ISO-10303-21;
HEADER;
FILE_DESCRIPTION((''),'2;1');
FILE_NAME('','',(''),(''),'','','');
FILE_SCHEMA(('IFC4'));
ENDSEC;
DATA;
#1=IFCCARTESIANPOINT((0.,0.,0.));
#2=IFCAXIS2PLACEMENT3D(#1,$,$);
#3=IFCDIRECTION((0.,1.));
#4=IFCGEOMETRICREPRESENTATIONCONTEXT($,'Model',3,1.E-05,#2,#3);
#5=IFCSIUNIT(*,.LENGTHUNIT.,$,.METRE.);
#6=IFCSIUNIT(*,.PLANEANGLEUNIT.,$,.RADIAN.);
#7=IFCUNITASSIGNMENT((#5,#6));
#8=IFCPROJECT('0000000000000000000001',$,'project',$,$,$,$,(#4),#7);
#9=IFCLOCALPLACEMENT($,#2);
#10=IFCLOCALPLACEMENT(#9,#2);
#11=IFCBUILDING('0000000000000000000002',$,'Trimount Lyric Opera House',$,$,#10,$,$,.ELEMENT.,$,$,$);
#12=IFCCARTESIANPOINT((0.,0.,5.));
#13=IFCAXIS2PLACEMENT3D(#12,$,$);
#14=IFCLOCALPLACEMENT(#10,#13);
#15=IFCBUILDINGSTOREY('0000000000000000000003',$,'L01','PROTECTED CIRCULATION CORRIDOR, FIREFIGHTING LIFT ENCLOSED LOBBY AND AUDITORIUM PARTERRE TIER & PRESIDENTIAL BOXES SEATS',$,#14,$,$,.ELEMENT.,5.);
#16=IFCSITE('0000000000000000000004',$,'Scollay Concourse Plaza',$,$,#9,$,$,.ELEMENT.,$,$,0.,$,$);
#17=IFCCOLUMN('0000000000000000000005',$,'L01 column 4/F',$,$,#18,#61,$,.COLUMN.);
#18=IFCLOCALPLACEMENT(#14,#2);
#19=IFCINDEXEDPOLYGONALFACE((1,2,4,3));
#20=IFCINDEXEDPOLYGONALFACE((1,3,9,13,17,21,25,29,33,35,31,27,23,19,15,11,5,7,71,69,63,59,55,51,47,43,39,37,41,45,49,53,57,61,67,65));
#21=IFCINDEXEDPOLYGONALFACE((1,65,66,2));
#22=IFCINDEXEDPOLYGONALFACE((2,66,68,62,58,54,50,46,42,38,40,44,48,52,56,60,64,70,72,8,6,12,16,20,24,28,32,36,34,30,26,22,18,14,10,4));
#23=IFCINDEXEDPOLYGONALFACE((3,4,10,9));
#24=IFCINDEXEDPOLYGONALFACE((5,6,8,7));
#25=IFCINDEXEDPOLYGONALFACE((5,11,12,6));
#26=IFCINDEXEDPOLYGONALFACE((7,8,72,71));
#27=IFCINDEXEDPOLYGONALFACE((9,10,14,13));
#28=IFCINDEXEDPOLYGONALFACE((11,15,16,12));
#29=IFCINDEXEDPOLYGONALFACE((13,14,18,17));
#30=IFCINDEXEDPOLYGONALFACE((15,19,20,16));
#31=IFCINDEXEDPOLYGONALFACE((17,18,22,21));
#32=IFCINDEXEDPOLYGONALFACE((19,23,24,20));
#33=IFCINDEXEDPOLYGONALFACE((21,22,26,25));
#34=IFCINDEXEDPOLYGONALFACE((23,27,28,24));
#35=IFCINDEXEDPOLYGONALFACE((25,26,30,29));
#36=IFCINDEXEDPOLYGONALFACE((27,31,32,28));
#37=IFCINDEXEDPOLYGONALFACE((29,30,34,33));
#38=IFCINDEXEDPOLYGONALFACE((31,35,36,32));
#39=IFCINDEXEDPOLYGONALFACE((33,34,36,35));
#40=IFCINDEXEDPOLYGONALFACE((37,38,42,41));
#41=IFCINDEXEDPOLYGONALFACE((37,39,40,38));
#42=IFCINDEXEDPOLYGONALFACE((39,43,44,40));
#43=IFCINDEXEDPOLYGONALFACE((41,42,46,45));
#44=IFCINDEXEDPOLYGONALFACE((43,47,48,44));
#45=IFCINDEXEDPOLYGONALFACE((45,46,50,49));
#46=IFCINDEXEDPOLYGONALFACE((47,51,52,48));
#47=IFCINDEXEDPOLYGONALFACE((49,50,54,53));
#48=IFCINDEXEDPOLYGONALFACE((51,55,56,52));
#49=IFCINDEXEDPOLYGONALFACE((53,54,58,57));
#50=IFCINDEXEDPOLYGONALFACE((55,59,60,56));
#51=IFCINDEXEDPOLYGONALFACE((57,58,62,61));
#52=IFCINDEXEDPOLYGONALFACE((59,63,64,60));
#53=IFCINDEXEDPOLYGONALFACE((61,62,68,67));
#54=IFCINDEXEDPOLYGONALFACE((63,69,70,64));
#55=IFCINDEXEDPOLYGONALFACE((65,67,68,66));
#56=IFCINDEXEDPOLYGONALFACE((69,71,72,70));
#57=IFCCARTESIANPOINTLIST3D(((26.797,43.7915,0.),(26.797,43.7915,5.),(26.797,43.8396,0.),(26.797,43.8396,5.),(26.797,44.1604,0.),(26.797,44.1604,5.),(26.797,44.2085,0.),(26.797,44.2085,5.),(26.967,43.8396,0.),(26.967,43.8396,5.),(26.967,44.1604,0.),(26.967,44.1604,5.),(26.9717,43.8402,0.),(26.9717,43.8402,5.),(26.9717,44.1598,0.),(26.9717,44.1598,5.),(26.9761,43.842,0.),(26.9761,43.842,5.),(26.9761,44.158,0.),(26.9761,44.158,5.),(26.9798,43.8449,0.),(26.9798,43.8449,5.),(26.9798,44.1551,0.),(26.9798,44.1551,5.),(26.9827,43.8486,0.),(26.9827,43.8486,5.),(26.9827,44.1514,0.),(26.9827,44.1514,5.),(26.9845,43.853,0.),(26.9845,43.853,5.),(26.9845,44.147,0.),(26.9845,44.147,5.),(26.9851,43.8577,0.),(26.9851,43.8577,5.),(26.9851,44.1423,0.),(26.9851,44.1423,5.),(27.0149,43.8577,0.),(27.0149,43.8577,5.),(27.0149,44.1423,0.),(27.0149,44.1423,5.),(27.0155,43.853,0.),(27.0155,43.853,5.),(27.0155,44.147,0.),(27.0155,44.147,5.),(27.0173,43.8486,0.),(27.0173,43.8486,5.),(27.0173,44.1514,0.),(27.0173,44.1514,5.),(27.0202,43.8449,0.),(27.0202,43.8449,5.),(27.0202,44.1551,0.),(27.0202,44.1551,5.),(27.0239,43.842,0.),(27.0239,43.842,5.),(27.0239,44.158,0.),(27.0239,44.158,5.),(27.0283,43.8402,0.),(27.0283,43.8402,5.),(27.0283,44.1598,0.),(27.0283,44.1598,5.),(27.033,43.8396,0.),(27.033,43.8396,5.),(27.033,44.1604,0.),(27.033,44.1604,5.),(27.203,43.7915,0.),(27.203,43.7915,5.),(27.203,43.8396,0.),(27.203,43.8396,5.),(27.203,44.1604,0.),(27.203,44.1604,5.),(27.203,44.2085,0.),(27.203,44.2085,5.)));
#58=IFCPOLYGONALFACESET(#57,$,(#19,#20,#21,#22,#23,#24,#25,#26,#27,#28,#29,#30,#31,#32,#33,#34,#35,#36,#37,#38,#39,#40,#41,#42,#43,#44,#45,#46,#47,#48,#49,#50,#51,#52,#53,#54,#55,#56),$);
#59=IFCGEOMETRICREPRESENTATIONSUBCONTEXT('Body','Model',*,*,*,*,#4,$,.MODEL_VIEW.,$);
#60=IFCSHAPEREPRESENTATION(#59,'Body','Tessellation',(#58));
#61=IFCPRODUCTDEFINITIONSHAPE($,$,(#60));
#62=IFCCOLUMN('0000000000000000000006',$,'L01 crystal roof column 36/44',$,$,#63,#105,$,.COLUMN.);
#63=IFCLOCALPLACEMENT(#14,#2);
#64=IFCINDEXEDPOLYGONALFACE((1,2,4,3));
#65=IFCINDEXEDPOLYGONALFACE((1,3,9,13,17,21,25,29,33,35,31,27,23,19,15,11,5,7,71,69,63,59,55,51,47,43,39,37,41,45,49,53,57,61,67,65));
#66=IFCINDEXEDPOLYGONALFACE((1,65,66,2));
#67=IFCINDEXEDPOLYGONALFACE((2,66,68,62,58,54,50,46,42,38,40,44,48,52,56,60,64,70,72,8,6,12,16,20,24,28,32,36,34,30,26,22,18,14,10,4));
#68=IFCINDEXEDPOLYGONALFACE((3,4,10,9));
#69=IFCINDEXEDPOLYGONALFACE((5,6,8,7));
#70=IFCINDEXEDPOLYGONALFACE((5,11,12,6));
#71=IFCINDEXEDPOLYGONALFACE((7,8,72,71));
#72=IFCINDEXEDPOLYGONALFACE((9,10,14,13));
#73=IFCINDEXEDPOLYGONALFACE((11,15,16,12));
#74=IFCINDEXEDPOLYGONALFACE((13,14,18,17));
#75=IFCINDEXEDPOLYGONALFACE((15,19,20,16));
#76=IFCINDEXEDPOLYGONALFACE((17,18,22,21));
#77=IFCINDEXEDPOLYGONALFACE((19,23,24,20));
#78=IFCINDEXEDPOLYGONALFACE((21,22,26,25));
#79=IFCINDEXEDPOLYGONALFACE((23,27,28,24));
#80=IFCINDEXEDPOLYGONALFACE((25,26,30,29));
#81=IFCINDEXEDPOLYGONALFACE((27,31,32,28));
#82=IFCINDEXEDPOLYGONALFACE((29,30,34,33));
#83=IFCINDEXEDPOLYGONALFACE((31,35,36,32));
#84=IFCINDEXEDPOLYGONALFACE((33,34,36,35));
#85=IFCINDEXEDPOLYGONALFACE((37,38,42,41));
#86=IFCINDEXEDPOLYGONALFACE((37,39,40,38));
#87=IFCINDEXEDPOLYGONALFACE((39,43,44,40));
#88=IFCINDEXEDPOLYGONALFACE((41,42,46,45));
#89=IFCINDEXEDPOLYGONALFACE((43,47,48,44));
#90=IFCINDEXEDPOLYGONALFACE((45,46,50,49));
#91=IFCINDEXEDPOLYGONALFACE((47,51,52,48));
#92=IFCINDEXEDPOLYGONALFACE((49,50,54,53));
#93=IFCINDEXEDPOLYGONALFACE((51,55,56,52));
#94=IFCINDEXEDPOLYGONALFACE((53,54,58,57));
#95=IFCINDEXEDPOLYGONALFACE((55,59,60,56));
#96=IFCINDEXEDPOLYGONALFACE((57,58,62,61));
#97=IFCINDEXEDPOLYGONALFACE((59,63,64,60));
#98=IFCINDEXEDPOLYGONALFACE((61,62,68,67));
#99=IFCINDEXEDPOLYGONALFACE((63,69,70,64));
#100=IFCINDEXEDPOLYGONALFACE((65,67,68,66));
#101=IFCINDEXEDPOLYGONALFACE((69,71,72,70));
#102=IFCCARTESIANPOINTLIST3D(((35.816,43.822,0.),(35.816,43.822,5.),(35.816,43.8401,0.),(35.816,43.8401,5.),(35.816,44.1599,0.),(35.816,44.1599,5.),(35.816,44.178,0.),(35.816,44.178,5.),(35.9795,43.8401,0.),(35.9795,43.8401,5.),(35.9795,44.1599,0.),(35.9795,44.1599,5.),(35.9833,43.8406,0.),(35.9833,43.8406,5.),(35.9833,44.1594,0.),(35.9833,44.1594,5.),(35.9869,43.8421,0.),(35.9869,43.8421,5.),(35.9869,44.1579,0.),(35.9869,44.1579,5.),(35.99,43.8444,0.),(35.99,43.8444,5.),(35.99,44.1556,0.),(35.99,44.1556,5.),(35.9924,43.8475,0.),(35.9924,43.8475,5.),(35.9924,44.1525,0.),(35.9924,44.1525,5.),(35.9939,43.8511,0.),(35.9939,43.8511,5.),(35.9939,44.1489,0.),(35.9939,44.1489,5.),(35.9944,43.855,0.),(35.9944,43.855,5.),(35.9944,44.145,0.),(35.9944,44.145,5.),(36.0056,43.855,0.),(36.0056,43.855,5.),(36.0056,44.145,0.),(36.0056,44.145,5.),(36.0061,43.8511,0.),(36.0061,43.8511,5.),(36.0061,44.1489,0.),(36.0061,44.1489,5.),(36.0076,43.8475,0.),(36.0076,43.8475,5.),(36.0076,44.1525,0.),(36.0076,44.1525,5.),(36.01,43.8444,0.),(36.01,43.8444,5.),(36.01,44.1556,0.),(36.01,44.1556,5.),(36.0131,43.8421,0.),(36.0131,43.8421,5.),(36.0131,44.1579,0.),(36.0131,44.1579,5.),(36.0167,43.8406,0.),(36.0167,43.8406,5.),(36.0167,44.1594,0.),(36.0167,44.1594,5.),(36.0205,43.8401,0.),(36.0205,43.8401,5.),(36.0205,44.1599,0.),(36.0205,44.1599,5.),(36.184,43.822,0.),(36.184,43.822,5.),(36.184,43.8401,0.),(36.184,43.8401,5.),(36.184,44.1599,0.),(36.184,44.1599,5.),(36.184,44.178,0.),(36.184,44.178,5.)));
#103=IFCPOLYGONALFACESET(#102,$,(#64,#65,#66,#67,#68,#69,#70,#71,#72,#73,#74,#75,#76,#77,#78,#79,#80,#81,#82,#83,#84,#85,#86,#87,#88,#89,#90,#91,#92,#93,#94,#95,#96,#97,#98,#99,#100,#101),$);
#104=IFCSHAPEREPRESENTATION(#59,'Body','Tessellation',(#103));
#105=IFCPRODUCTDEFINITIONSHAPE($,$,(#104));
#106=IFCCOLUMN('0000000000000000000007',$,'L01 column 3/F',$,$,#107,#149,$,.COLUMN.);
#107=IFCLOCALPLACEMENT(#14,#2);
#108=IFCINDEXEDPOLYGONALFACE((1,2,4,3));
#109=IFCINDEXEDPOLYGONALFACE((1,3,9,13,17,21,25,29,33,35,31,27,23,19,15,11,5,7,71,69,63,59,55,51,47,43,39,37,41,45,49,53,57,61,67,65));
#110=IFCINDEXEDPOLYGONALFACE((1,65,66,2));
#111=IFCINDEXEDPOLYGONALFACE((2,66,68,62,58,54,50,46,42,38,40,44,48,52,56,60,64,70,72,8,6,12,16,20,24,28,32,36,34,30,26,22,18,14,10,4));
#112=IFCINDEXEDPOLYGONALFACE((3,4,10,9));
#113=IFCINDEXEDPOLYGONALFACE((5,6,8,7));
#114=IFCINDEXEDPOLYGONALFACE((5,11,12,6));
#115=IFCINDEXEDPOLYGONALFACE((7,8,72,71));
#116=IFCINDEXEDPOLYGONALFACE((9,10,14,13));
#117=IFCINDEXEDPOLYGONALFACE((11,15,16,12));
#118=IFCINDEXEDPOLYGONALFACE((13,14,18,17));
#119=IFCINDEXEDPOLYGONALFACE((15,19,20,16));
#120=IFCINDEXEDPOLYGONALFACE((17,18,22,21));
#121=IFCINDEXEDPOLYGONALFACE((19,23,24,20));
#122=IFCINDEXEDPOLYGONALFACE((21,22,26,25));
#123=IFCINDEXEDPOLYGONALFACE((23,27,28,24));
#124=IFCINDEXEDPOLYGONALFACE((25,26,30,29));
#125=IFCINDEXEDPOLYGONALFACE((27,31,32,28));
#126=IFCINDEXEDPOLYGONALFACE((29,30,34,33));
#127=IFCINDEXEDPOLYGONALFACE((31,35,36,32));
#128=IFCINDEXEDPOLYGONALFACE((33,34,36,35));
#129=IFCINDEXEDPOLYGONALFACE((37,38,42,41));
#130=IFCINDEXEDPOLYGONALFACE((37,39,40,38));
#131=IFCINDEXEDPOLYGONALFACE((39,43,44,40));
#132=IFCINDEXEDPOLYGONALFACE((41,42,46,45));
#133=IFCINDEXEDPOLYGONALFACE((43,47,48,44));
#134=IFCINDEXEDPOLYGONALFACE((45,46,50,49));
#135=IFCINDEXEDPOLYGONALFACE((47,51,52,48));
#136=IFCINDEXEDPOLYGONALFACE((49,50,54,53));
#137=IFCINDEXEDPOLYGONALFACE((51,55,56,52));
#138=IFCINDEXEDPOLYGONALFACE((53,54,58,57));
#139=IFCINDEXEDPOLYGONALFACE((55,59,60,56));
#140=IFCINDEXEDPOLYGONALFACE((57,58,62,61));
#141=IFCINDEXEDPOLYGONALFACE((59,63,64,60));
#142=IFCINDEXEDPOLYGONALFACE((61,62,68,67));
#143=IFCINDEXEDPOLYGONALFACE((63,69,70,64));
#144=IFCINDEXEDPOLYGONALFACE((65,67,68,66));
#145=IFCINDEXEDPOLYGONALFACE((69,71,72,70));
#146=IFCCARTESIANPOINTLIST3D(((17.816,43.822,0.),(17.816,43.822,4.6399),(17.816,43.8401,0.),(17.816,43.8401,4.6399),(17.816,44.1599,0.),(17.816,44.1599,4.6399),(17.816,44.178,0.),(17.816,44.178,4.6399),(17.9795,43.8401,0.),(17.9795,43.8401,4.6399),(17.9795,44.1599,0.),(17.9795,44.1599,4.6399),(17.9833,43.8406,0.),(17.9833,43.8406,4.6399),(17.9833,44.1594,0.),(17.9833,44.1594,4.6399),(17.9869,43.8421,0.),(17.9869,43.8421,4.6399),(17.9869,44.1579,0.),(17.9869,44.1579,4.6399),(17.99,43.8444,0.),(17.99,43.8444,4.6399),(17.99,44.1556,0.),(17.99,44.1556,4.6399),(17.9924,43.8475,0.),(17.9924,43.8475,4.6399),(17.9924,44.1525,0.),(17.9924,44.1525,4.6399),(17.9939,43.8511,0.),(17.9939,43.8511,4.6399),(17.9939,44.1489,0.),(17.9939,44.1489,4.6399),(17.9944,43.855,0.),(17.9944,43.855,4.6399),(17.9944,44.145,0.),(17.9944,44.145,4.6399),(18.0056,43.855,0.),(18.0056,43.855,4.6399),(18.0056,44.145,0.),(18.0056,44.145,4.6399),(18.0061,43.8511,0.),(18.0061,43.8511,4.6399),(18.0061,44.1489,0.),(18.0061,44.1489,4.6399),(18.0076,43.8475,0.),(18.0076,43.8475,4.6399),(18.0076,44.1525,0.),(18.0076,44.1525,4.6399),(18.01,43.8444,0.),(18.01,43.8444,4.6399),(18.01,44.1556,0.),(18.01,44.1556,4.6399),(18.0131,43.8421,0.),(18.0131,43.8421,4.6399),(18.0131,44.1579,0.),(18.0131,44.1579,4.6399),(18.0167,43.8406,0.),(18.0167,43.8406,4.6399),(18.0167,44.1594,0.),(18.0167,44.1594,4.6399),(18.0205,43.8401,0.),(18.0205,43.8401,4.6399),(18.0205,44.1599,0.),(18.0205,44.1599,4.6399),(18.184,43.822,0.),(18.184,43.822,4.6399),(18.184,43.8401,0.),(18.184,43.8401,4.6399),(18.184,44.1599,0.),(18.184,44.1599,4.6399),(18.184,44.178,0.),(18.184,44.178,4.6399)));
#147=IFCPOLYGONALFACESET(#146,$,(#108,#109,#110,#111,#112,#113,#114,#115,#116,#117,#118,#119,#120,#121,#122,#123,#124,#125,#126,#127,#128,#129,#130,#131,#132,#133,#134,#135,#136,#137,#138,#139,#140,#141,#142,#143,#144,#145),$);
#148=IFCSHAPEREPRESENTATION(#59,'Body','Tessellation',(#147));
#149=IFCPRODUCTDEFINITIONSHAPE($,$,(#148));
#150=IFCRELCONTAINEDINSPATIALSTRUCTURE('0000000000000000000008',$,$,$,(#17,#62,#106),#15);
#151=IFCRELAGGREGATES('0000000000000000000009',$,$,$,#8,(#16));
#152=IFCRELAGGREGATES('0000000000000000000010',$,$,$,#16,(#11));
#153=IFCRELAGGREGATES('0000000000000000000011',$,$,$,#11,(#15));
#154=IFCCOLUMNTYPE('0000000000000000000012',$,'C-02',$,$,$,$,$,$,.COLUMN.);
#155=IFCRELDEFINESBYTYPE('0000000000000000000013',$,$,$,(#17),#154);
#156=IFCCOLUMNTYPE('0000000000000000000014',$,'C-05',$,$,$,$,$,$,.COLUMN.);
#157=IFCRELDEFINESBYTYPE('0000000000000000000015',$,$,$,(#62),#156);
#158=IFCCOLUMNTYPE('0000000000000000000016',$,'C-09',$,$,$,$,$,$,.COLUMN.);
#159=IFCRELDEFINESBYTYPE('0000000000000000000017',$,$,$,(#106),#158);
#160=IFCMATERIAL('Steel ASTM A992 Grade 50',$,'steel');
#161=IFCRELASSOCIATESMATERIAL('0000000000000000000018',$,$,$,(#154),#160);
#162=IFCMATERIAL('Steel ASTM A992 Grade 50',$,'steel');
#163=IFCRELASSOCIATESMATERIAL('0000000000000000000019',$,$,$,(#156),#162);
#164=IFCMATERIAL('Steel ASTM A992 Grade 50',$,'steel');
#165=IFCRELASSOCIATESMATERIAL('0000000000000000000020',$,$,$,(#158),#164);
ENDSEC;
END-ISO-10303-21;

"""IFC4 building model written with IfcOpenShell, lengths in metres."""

from ifc_helpers import new_model, si_unit, direction, frame, origin, origin_2d, place, context, subcontext, project, spatial, i_section, extrude, material, material_profile, profile_set, type_object, element, save


model = new_model("IFC4")

# Units and contexts
model_context = context("Model", 3, precision=1e-05, world=origin(), true_north=direction((0.0, 1.0)))
body_context = subcontext(model_context, "Body", "Model", "MODEL_VIEW")
ifc_project = project(units=[si_unit("LENGTHUNIT", "METRE"), si_unit("PLANEANGLEUNIT", "RADIAN")], contexts=[model_context])

# Site, building, storey
site_placement = place(None, origin())
site = spatial("IfcSite", under=ifc_project, at=site_placement, Name="Scollay Concourse Plaza", CompositionType="ELEMENT", RefElevation=0.0)
building_placement = place(site_placement, origin())
building = spatial("IfcBuilding", under=site, at=building_placement, Name="Trimount Lyric Opera House", CompositionType="ELEMENT")
storey_placement = place(building_placement, frame((0.0, 0.0, 5.0)))
storey = spatial("IfcBuildingStorey", under=building, at=storey_placement, Name="L01", Description="PROTECTED CIRCULATION CORRIDOR, FIREFIGHTING LIFT ENCLOSED LOBBY AND AUDITORIUM PARTERRE TIER & PRESIDENTIAL BOXES SEATS", CompositionType="ELEMENT", Elevation=5.0)

# Columns
ifc_material_1 = material(Name="Steel ASTM A992 Grade 50", Category="steel")
ifc_material_profile_1 = material_profile(ifc_material_1, i_section(OverallWidth=0.406, OverallDepth=0.417, WebThickness=0.0298, FlangeThickness=0.0481, FilletRadius=0.0181, at=origin_2d()), Name="W14X257")
ifc_profile_set_1 = profile_set([ifc_material_profile_1], Name="Steel ASTM A992 Grade 50")
column_type_1 = type_object("IfcColumnType", Name="C-02", PredefinedType="COLUMN", material=ifc_profile_set_1)
column_1_placement = place(storey_placement, frame((27.0, 44.0, 0.0), z_axis=(0.0, 0.0, 1.0), x_axis=(1.0, 0.0, 0.0)))
element("IfcColumn", 1, at=column_1_placement, inside=storey, type_object=column_type_1, Name="L01 column 4/F", PredefinedType="COLUMN", context=body_context, shape_type="SweptSolid", body=[
    extrude(i_section(OverallWidth=0.406, OverallDepth=0.417, WebThickness=0.0298, FlangeThickness=0.0481, FilletRadius=0.0181, at=origin_2d()), origin(), (0.0, 0.0, 1.0), 5.0),
])
ifc_material_2 = material(Name="Steel ASTM A992 Grade 50", Category="steel")
ifc_material_profile_2 = material_profile(ifc_material_2, i_section(OverallWidth=0.3679, OverallDepth=0.356, WebThickness=0.0112, FlangeThickness=0.0181, FilletRadius=0.0149, at=origin_2d()), Name="W14X90")
ifc_profile_set_2 = profile_set([ifc_material_profile_2], Name="Steel ASTM A992 Grade 50")
column_type_2 = type_object("IfcColumnType", Name="C-05", PredefinedType="COLUMN", material=ifc_profile_set_2)
column_2_placement = place(storey_placement, frame((36.0, 44.0, 0.0), z_axis=(0.0, 0.0, 1.0), x_axis=(1.0, 0.0, 0.0)))
element("IfcColumn", 2, at=column_2_placement, inside=storey, type_object=column_type_2, Name="L01 crystal roof column 36/44", PredefinedType="COLUMN", context=body_context, shape_type="SweptSolid", body=[
    extrude(i_section(OverallWidth=0.3679, OverallDepth=0.356, WebThickness=0.0112, FlangeThickness=0.0181, FilletRadius=0.0149, at=origin_2d()), origin(), (0.0, 0.0, 1.0), 5.0),
])
ifc_material_3 = material(Name="Steel ASTM A992 Grade 50", Category="steel")
ifc_material_profile_3 = material_profile(ifc_material_3, i_section(OverallWidth=0.3679, OverallDepth=0.356, WebThickness=0.0112, FlangeThickness=0.0181, FilletRadius=0.0149, at=origin_2d()), Name="W14X90")
ifc_profile_set_3 = profile_set([ifc_material_profile_3], Name="Steel ASTM A992 Grade 50")
column_type_3 = type_object("IfcColumnType", Name="C-09", PredefinedType="COLUMN", material=ifc_profile_set_3)
column_3_placement = place(storey_placement, frame((18.0, 44.0, 0.0), z_axis=(0.0, 0.0, 1.0), x_axis=(1.0, 0.0, 0.0)))
element("IfcColumn", 3, at=column_3_placement, inside=storey, type_object=column_type_3, Name="L01 column 3/F", PredefinedType="COLUMN", context=body_context, shape_type="SweptSolid", body=[
    extrude(i_section(OverallWidth=0.3679, OverallDepth=0.356, WebThickness=0.0112, FlangeThickness=0.0181, FilletRadius=0.0149, at=origin_2d()), origin(), (0.0, 0.0, 1.0), 4.6399),
])

save(model, "model.ifc")
